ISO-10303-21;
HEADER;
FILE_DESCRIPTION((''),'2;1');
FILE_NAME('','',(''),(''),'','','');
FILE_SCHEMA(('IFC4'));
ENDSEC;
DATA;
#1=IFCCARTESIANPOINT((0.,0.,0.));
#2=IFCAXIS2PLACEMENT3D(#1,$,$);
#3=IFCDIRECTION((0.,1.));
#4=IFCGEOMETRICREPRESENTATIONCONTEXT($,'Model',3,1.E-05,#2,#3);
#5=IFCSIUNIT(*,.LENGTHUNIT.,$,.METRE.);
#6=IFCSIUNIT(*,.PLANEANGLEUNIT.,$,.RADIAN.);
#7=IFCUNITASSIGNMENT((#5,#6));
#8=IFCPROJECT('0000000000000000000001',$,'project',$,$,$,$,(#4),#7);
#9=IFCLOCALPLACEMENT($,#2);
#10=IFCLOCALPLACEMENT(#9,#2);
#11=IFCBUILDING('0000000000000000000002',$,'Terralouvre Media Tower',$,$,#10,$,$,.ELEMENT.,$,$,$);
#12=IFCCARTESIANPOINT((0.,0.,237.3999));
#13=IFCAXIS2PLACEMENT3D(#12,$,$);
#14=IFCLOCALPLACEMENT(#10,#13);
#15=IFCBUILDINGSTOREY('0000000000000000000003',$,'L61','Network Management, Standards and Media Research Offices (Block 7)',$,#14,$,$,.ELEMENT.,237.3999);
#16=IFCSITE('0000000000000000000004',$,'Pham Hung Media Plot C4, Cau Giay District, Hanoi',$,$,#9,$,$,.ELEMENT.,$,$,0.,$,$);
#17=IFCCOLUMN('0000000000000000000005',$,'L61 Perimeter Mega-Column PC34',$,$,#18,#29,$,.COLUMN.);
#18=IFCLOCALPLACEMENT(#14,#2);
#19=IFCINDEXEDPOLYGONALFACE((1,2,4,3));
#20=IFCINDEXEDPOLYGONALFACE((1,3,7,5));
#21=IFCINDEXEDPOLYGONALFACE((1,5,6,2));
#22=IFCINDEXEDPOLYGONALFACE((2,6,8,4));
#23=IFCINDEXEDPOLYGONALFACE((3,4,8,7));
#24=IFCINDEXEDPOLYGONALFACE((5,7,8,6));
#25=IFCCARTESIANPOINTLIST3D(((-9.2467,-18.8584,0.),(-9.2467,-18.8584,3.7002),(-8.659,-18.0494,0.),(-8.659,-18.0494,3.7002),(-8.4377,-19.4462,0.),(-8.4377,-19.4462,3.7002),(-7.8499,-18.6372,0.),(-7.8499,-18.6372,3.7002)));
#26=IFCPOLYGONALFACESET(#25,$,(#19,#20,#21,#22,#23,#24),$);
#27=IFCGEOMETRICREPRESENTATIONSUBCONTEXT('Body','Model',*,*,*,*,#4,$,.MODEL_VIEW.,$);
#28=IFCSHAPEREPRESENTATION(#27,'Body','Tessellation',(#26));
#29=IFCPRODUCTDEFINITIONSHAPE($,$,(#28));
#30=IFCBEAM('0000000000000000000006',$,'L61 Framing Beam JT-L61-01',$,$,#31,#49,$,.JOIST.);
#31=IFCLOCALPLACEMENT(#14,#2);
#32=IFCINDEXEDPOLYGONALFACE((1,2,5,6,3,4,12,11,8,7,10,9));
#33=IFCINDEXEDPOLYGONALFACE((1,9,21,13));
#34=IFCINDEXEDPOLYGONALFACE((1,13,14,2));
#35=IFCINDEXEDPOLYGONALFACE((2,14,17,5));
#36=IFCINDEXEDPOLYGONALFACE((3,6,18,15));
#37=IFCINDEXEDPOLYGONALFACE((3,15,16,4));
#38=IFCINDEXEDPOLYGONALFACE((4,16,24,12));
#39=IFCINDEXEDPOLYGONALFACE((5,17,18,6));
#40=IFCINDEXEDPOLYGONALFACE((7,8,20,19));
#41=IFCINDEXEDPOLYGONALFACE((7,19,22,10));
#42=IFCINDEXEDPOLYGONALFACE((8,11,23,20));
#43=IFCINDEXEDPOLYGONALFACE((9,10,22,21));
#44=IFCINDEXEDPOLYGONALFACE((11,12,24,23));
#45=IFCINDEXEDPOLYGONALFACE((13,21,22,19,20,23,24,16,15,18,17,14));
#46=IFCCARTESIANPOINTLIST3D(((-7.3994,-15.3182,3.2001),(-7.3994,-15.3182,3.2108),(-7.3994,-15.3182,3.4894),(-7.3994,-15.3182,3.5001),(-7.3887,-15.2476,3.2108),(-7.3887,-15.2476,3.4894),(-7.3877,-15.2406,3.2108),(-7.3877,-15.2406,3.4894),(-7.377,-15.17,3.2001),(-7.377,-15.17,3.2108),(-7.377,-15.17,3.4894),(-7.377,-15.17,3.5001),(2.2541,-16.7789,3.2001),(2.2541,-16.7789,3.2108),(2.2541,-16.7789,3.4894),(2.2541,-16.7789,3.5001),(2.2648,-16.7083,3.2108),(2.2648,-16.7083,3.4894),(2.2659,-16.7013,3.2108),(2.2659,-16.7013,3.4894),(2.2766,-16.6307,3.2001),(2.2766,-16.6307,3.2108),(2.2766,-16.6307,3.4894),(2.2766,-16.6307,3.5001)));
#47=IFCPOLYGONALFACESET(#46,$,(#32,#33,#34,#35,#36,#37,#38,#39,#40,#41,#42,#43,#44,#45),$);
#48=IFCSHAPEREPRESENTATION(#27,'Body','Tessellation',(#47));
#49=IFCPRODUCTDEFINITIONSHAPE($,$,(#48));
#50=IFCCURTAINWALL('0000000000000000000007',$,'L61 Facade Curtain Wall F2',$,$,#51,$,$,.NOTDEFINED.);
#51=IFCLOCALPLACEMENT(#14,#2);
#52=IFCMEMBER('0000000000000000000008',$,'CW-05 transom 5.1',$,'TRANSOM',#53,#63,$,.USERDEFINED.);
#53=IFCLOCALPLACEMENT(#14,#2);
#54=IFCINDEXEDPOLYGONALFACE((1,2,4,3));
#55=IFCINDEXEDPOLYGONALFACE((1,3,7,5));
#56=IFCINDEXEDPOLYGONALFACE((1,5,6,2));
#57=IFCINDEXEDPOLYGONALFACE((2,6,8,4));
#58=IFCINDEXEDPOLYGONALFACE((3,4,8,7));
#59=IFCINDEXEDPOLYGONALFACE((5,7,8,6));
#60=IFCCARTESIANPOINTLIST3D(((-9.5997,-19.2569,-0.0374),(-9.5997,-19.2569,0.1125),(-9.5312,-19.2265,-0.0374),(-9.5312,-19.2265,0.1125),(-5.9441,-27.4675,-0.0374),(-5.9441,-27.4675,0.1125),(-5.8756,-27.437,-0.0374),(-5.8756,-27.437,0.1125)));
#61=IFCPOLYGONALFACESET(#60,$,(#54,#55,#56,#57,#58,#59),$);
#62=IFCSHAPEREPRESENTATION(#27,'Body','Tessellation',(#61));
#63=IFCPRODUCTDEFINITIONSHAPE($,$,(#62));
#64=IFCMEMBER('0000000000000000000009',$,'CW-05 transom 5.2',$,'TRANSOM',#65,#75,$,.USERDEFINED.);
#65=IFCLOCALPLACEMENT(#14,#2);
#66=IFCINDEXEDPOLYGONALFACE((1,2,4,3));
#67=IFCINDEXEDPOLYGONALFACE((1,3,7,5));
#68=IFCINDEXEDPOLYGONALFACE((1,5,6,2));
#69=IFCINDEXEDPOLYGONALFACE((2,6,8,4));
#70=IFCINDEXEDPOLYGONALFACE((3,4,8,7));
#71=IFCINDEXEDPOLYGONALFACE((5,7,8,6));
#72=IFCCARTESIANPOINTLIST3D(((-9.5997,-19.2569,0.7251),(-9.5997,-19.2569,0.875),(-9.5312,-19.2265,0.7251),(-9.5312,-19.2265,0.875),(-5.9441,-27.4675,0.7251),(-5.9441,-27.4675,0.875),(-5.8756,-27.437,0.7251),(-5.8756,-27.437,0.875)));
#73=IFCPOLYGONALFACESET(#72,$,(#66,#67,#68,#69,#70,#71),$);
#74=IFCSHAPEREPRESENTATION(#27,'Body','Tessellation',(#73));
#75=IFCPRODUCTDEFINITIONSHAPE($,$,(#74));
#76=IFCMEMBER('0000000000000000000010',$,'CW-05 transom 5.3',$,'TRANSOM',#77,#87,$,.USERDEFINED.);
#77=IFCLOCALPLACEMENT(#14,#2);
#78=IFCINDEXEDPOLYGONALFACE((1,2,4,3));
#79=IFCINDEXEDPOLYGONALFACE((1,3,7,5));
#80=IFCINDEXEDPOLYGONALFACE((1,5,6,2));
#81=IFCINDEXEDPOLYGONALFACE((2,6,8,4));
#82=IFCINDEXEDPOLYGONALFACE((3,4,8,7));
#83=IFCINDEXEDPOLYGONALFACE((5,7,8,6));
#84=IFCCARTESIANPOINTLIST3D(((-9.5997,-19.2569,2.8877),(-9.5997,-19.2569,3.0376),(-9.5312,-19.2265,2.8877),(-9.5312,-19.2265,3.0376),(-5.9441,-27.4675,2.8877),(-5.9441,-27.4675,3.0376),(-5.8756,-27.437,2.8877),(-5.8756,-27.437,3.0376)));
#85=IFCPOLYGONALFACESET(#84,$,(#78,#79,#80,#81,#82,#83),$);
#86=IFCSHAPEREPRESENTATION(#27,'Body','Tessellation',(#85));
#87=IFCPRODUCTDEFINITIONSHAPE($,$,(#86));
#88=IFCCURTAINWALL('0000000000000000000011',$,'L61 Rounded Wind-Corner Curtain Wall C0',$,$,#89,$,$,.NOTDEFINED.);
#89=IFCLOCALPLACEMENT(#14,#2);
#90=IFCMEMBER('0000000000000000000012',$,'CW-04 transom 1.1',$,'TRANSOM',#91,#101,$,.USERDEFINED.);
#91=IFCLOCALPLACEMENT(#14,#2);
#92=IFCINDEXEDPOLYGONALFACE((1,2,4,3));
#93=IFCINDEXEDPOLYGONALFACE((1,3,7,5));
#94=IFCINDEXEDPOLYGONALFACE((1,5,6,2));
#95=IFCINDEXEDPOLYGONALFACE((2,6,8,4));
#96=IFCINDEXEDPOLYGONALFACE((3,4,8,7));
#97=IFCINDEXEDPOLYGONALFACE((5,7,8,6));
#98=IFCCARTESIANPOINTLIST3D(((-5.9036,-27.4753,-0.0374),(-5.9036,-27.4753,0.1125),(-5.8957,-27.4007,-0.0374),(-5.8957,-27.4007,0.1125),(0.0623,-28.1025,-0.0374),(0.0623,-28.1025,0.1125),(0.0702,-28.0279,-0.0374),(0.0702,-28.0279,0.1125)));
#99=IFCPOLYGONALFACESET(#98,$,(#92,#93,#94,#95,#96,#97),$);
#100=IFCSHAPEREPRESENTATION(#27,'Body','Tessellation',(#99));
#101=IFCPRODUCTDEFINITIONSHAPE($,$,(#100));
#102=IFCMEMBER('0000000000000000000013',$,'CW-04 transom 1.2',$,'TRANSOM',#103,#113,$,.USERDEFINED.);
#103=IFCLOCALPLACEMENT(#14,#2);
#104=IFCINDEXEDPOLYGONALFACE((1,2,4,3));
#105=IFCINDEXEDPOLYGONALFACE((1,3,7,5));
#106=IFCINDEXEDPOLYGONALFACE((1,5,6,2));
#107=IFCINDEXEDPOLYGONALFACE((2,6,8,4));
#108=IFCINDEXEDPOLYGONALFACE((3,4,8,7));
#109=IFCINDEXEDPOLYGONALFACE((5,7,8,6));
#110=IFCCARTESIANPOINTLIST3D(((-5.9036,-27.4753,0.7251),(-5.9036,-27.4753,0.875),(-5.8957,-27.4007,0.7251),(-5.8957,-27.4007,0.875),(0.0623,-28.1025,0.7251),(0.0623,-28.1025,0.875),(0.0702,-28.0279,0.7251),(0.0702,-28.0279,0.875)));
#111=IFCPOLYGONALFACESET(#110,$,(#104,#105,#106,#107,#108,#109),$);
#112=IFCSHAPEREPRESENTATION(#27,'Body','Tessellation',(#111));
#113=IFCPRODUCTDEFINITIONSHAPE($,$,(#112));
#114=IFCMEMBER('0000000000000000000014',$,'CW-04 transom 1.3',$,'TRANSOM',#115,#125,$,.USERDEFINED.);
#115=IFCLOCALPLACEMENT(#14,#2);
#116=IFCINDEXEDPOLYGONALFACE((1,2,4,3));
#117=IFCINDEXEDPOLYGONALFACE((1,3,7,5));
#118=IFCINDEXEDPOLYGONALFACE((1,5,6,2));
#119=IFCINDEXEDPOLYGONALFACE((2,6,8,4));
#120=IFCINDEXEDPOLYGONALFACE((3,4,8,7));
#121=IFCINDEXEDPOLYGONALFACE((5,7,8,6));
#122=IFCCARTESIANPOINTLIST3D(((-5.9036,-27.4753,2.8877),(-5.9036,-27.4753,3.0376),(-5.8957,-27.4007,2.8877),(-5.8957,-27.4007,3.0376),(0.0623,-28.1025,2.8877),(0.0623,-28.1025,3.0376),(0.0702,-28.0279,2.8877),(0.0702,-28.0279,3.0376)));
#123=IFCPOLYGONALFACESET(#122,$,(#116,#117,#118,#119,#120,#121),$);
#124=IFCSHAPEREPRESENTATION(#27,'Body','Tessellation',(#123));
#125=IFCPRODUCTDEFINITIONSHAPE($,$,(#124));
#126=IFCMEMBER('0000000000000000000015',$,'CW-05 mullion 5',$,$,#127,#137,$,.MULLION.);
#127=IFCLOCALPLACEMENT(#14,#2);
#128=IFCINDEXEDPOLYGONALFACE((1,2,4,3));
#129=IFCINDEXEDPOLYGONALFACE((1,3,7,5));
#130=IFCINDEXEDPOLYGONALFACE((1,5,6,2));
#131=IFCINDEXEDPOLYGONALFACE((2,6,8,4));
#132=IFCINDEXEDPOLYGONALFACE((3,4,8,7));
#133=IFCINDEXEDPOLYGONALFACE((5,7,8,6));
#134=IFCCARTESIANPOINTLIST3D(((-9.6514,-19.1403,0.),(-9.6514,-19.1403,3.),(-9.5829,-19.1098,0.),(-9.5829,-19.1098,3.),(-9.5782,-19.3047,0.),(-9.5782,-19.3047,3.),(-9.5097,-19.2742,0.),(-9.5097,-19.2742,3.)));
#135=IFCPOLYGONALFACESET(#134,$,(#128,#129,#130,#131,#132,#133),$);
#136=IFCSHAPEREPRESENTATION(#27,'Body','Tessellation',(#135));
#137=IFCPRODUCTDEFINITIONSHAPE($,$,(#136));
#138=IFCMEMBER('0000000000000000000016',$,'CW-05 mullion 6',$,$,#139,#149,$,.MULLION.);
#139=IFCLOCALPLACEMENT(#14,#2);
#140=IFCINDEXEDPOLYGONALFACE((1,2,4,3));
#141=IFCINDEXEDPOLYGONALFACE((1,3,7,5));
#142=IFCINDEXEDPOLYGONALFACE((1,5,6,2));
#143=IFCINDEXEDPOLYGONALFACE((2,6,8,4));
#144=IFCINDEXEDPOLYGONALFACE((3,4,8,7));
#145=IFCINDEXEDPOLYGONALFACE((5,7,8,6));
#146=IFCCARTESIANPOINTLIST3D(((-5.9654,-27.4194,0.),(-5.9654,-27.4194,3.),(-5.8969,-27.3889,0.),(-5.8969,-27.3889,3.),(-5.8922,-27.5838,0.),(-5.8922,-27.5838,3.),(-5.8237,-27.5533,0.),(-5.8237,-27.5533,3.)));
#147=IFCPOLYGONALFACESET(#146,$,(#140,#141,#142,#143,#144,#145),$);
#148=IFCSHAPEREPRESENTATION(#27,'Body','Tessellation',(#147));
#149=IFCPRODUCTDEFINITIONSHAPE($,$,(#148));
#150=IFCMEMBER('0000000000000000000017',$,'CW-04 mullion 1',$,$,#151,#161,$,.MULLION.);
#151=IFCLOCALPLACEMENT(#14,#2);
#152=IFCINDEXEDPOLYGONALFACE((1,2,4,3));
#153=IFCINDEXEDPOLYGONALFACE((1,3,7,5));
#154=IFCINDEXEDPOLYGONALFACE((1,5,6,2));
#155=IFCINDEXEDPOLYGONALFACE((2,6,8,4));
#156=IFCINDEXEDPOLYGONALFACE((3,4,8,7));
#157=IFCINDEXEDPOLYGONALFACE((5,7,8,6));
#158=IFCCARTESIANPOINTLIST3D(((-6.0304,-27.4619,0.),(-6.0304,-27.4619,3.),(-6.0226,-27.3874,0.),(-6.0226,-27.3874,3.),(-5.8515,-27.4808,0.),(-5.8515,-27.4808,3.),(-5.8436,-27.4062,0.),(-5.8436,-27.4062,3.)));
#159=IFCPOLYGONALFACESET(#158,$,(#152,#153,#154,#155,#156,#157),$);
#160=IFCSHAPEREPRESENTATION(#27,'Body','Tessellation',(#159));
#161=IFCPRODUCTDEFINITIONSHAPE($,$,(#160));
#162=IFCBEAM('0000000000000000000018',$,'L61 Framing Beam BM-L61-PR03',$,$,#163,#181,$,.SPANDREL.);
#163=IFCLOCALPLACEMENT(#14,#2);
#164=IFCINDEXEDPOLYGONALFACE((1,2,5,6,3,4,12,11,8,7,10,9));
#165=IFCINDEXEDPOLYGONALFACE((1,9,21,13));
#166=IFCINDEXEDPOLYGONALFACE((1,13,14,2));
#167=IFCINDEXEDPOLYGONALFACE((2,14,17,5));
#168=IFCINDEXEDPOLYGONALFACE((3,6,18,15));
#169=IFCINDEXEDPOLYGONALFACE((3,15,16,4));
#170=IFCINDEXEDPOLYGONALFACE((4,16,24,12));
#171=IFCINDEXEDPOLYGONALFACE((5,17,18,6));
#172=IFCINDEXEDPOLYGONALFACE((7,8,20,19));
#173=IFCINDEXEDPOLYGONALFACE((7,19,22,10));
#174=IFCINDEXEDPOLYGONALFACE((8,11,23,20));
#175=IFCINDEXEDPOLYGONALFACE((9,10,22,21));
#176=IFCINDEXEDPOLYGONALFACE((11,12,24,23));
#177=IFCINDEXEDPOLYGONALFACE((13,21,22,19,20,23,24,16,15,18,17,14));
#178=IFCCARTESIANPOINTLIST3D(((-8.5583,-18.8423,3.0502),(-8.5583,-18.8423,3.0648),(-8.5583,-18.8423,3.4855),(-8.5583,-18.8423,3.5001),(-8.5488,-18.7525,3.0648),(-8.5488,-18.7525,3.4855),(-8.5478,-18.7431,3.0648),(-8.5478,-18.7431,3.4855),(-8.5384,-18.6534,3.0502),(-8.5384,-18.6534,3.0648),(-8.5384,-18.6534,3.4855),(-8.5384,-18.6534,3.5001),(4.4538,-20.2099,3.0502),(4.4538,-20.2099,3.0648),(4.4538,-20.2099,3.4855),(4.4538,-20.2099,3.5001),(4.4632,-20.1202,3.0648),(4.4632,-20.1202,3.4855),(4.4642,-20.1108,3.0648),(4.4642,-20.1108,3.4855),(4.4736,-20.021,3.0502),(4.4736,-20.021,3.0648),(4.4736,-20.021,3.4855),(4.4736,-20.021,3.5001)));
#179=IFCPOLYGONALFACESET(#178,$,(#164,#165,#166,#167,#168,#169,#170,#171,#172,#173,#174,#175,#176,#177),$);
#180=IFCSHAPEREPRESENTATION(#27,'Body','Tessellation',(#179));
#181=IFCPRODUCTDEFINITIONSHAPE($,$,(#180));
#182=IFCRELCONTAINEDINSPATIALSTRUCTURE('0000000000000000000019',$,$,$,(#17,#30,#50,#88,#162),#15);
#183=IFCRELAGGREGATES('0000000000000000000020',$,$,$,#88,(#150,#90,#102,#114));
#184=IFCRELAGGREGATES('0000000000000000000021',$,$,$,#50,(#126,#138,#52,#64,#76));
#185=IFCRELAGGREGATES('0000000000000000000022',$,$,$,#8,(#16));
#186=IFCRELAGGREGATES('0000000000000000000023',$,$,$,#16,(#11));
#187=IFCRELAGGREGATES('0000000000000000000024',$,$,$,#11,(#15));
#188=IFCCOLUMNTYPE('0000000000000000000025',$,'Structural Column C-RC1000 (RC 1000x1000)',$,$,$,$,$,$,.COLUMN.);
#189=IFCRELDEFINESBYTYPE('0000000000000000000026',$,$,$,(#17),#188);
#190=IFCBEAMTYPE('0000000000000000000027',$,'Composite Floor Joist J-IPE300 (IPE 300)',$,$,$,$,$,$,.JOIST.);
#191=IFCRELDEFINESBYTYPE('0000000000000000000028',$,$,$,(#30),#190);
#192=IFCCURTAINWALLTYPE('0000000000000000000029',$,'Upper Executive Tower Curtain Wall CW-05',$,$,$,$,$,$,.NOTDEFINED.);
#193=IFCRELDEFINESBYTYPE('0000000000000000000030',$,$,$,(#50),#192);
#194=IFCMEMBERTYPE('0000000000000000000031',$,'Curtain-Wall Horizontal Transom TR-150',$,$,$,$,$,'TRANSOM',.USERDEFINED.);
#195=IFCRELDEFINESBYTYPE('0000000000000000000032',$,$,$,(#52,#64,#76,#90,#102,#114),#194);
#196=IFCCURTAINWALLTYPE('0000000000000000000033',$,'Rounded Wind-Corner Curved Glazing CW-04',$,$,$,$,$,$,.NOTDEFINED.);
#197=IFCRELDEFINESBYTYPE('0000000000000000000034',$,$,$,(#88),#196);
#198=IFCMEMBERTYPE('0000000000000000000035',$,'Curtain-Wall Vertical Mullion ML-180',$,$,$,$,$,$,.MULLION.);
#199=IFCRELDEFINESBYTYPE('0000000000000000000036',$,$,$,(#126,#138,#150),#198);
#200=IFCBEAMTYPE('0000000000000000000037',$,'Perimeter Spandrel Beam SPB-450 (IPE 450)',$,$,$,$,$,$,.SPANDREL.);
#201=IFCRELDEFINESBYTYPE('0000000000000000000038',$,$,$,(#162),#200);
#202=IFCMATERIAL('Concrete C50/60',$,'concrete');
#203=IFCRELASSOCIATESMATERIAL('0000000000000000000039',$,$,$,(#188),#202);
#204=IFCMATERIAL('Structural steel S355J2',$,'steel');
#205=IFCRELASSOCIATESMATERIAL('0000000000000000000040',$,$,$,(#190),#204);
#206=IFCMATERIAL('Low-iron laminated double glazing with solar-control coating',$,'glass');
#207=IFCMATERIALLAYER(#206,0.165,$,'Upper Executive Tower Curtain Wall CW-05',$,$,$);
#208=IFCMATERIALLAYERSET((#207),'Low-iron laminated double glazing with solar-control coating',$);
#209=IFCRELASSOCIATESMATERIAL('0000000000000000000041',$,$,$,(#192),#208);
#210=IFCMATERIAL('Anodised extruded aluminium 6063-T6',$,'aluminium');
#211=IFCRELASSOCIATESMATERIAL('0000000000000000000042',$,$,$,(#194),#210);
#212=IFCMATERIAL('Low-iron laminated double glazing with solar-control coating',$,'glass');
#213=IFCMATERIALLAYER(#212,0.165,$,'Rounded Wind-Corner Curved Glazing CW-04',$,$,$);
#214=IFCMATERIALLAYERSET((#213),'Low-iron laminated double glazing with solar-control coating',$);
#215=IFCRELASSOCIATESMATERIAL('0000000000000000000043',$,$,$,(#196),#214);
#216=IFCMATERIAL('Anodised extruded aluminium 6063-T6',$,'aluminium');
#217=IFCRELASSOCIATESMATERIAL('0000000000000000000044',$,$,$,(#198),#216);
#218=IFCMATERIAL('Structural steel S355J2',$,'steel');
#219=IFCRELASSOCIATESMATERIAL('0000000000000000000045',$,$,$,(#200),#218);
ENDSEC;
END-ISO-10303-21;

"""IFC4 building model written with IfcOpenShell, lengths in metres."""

from ifc_helpers import new_model, si_unit, direction, frame, origin, origin_2d, place, context, subcontext, project, spatial, rectangle, i_section, extrude, material, layer, layer_set, material_profile, profile_set, type_object, element, aggregate, save


model = new_model("IFC4")

# Units and contexts
model_context = context("Model", 3, precision=1e-05, world=origin(), true_north=direction((0.0, 1.0)))
body_context = subcontext(model_context, "Body", "Model", "MODEL_VIEW")
ifc_project = project(units=[si_unit("LENGTHUNIT", "METRE"), si_unit("PLANEANGLEUNIT", "RADIAN")], contexts=[model_context])

# Site, building, storey
site_placement = place(None, origin())
site = spatial("IfcSite", under=ifc_project, at=site_placement, Name="Pham Hung Media Plot C4, Cau Giay District, Hanoi", CompositionType="ELEMENT", RefElevation=0.0)
building_placement = place(site_placement, origin())
building = spatial("IfcBuilding", under=site, at=building_placement, Name="Terralouvre Media Tower", CompositionType="ELEMENT")
storey_placement = place(building_placement, frame((0.0, 0.0, 237.3999)))
storey = spatial("IfcBuildingStorey", under=building, at=storey_placement, Name="L61", Description="Network Management, Standards and Media Research Offices (Block 7)", CompositionType="ELEMENT", Elevation=237.3999)

# Column
ifc_material_1 = material(Name="Concrete C50/60", Category="concrete")
ifc_material_profile_1 = material_profile(ifc_material_1, rectangle(XDim=1.0, YDim=1.0, at=origin_2d()), Name="RC 1000x1000")
ifc_profile_set_1 = profile_set([ifc_material_profile_1], Name="Concrete C50/60")
column_type = type_object("IfcColumnType", Name="Structural Column C-RC1000 (RC 1000x1000)", PredefinedType="COLUMN", material=ifc_profile_set_1)
column_placement = place(storey_placement, frame((-8.5483, -18.7478, 0.0), z_axis=(0.0, 0.0, 1.0), x_axis=(0.587785, 0.809017, 0.0)))
element("IfcColumn", 1, at=column_placement, inside=storey, type_object=column_type, Name="L61 Perimeter Mega-Column PC34", PredefinedType="COLUMN", context=body_context, shape_type="SweptSolid", body=[
    extrude(rectangle(XDim=1.0, YDim=1.0, at=origin_2d()), origin(), (0.0, 0.0, 1.0), 3.7002),
])

# Beam
ifc_material_2 = material(Name="Structural steel S355J2", Category="steel")
ifc_material_profile_2 = material_profile(ifc_material_2, i_section(OverallWidth=0.1499, OverallDepth=0.3, WebThickness=0.0071, FlangeThickness=0.0107, at=origin_2d()), Name="IPE 300")
ifc_profile_set_2 = profile_set([ifc_material_profile_2], Name="Structural steel S355J2")
beam_type_1 = type_object("IfcBeamType", Name="Composite Floor Joist J-IPE300 (IPE 300)", PredefinedType="JOIST", material=ifc_profile_set_2)
beam_1_placement = place(storey_placement, frame((-7.3882, -15.2441, 3.3501), z_axis=(0.988745, -0.149608, 0.0), x_axis=(0.149608, 0.988745, 0.0)))
element("IfcBeam", 2, at=beam_1_placement, inside=storey, type_object=beam_type_1, Name="L61 Framing Beam JT-L61-01", PredefinedType="JOIST", context=body_context, shape_type="SweptSolid", body=[
    extrude(i_section(OverallWidth=0.1499, OverallDepth=0.3, WebThickness=0.0071, FlangeThickness=0.0107, at=origin_2d()), origin(), (0.0, 0.0, 1.0), 9.7634),
])

# Curtain walls, members
ifc_material_3 = material(Name="Low-iron laminated double glazing with solar-control coating", Category="glass")
ifc_layer_1 = layer(ifc_material_3, 0.165, Name="Upper Executive Tower Curtain Wall CW-05")
ifc_layer_set_1 = layer_set([ifc_layer_1], Name="Low-iron laminated double glazing with solar-control coating")
curtain_wall_type_1 = type_object("IfcCurtainWallType", Name="Upper Executive Tower Curtain Wall CW-05", PredefinedType="NOTDEFINED", material=ifc_layer_set_1)
curtain_wall_1_placement = place(storey_placement, origin())
curtain_wall_1 = element("IfcCurtainWall", 3, at=curtain_wall_1_placement, inside=storey, type_object=curtain_wall_type_1, Name="L61 Facade Curtain Wall F2", PredefinedType="NOTDEFINED")
ifc_material_4 = material(Name="Anodised extruded aluminium 6063-T6", Category="aluminium")
ifc_material_profile_3 = material_profile(ifc_material_4, rectangle(XDim=0.075, YDim=0.1499, at=origin_2d()), Name="ALU 75x150")
ifc_profile_set_3 = profile_set([ifc_material_profile_3], Name="Anodised extruded aluminium 6063-T6")
member_type_1 = type_object("IfcMemberType", Name="Curtain-Wall Horizontal Transom TR-150", ElementType="TRANSOM", PredefinedType="USERDEFINED", material=ifc_profile_set_3)
member_1_placement = place(storey_placement, frame((-9.5654, -19.2417, 0.0376), z_axis=(0.406736, -0.913546, 0.0), x_axis=(0.913546, 0.406736, 0.0)))
member_1 = element("IfcMember", 4, at=member_1_placement, type_object=member_type_1, Name="CW-05 transom 5.1", ObjectType="TRANSOM", PredefinedType="USERDEFINED", context=body_context, shape_type="SweptSolid", body=[
    extrude(rectangle(XDim=0.075, YDim=0.1499, at=origin_2d()), origin(), (0.0, 0.0, 1.0), 8.9875),
])
member_2_placement = place(storey_placement, frame((-9.5654, -19.2417, 0.8), z_axis=(0.406736, -0.913546, 0.0), x_axis=(0.913546, 0.406736, 0.0)))
member_2 = element("IfcMember", 5, at=member_2_placement, type_object=member_type_1, Name="CW-05 transom 5.2", ObjectType="TRANSOM", PredefinedType="USERDEFINED", context=body_context, shape_type="SweptSolid", body=[
    extrude(rectangle(XDim=0.075, YDim=0.1499, at=origin_2d()), origin(), (0.0, 0.0, 1.0), 8.9875),
])
member_3_placement = place(storey_placement, frame((-9.5654, -19.2417, 2.9626), z_axis=(0.406736, -0.913546, 0.0), x_axis=(0.913546, 0.406736, 0.0)))
member_3 = element("IfcMember", 6, at=member_3_placement, type_object=member_type_1, Name="CW-05 transom 5.3", ObjectType="TRANSOM", PredefinedType="USERDEFINED", context=body_context, shape_type="SweptSolid", body=[
    extrude(rectangle(XDim=0.075, YDim=0.1499, at=origin_2d()), origin(), (0.0, 0.0, 1.0), 8.9875),
])
ifc_material_5 = material(Name="Low-iron laminated double glazing with solar-control coating", Category="glass")
ifc_layer_2 = layer(ifc_material_5, 0.165, Name="Rounded Wind-Corner Curved Glazing CW-04")
ifc_layer_set_2 = layer_set([ifc_layer_2], Name="Low-iron laminated double glazing with solar-control coating")
curtain_wall_type_2 = type_object("IfcCurtainWallType", Name="Rounded Wind-Corner Curved Glazing CW-04", PredefinedType="NOTDEFINED", material=ifc_layer_set_2)
curtain_wall_2_placement = place(storey_placement, origin())
curtain_wall_2 = element("IfcCurtainWall", 7, at=curtain_wall_2_placement, inside=storey, type_object=curtain_wall_type_2, Name="L61 Rounded Wind-Corner Curtain Wall C0", PredefinedType="NOTDEFINED")
member_4_placement = place(storey_placement, frame((-5.8997, -27.438, 0.0376), z_axis=(0.994519, -0.104556, 0.0), x_axis=(0.104556, 0.994519, 0.0)))
member_4 = element("IfcMember", 8, at=member_4_placement, type_object=member_type_1, Name="CW-04 transom 1.1", ObjectType="TRANSOM", PredefinedType="USERDEFINED", context=body_context, shape_type="SweptSolid", body=[
    extrude(rectangle(XDim=0.075, YDim=0.1499, at=origin_2d()), origin(), (0.0, 0.0, 1.0), 5.9988),
])
member_5_placement = place(storey_placement, frame((-5.8997, -27.438, 0.8), z_axis=(0.994519, -0.104556, 0.0), x_axis=(0.104556, 0.994519, 0.0)))
member_5 = element("IfcMember", 9, at=member_5_placement, type_object=member_type_1, Name="CW-04 transom 1.2", ObjectType="TRANSOM", PredefinedType="USERDEFINED", context=body_context, shape_type="SweptSolid", body=[
    extrude(rectangle(XDim=0.075, YDim=0.1499, at=origin_2d()), origin(), (0.0, 0.0, 1.0), 5.9988),
])
member_6_placement = place(storey_placement, frame((-5.8997, -27.438, 2.9626), z_axis=(0.994519, -0.104556, 0.0), x_axis=(0.104556, 0.994519, 0.0)))
member_6 = element("IfcMember", 10, at=member_6_placement, type_object=member_type_1, Name="CW-04 transom 1.3", ObjectType="TRANSOM", PredefinedType="USERDEFINED", context=body_context, shape_type="SweptSolid", body=[
    extrude(rectangle(XDim=0.075, YDim=0.1499, at=origin_2d()), origin(), (0.0, 0.0, 1.0), 5.9988),
])

# Members
ifc_material_6 = material(Name="Anodised extruded aluminium 6063-T6", Category="aluminium")
ifc_material_profile_4 = material_profile(ifc_material_6, rectangle(XDim=0.075, YDim=0.1799, at=origin_2d()), Name="ALU 75x180")
ifc_profile_set_4 = profile_set([ifc_material_profile_4], Name="Anodised extruded aluminium 6063-T6")
member_type_2 = type_object("IfcMemberType", Name="Curtain-Wall Vertical Mullion ML-180", PredefinedType="MULLION", material=ifc_profile_set_4)
member_7_placement = place(storey_placement, frame((-9.5806, -19.2073, 0.0), z_axis=(0.0, 0.0, 1.0), x_axis=(0.913545, 0.406737, 0.0)))
member_7 = element("IfcMember", 11, at=member_7_placement, type_object=member_type_2, Name="CW-05 mullion 5", PredefinedType="MULLION", context=body_context, shape_type="SweptSolid", body=[
    extrude(rectangle(XDim=0.075, YDim=0.1799, at=origin_2d()), origin(), (0.0, 0.0, 1.0), 3.0),
])
member_8_placement = place(storey_placement, frame((-5.8945, -27.4863, 0.0), z_axis=(0.0, 0.0, 1.0), x_axis=(0.913545, 0.406737, 0.0)))
member_8 = element("IfcMember", 12, at=member_8_placement, type_object=member_type_2, Name="CW-05 mullion 6", PredefinedType="MULLION", context=body_context, shape_type="SweptSolid", body=[
    extrude(rectangle(XDim=0.075, YDim=0.1799, at=origin_2d()), origin(), (0.0, 0.0, 1.0), 3.0),
])
member_9_placement = place(storey_placement, frame((-5.937, -27.4341, 0.0), z_axis=(0.0, 0.0, 1.0), x_axis=(0.104528, 0.994522, 0.0)))
member_9 = element("IfcMember", 13, at=member_9_placement, type_object=member_type_2, Name="CW-04 mullion 1", PredefinedType="MULLION", context=body_context, shape_type="SweptSolid", body=[
    extrude(rectangle(XDim=0.075, YDim=0.1799, at=origin_2d()), origin(), (0.0, 0.0, 1.0), 3.0),
])

# Beam
ifc_material_7 = material(Name="Structural steel S355J2", Category="steel")
ifc_material_profile_5 = material_profile(ifc_material_7, i_section(OverallWidth=0.1899, OverallDepth=0.45, WebThickness=0.0095, FlangeThickness=0.0146, at=origin_2d()), Name="IPE 450")
ifc_profile_set_5 = profile_set([ifc_material_profile_5], Name="Structural steel S355J2")
beam_type_2 = type_object("IfcBeamType", Name="Perimeter Spandrel Beam SPB-450 (IPE 450)", PredefinedType="SPANDREL", material=ifc_profile_set_5)
beam_2_placement = place(storey_placement, frame((-8.5483, -18.7478, 3.2751), z_axis=(0.994521, -0.104533, 0.0), x_axis=(0.104533, 0.994521, 0.0)))
element("IfcBeam", 14, at=beam_2_placement, inside=storey, type_object=beam_type_2, Name="L61 Framing Beam BM-L61-PR03", PredefinedType="SPANDREL", context=body_context, shape_type="SweptSolid", body=[
    extrude(i_section(OverallWidth=0.1899, OverallDepth=0.45, WebThickness=0.0095, FlangeThickness=0.0146, at=origin_2d()), origin(), (0.0, 0.0, 1.0), 13.0837),
])

aggregate(curtain_wall_2, [member_9, member_4, member_5, member_6])
aggregate(curtain_wall_1, [member_7, member_8, member_1, member_2, member_3])

save(model, "model.ifc")
